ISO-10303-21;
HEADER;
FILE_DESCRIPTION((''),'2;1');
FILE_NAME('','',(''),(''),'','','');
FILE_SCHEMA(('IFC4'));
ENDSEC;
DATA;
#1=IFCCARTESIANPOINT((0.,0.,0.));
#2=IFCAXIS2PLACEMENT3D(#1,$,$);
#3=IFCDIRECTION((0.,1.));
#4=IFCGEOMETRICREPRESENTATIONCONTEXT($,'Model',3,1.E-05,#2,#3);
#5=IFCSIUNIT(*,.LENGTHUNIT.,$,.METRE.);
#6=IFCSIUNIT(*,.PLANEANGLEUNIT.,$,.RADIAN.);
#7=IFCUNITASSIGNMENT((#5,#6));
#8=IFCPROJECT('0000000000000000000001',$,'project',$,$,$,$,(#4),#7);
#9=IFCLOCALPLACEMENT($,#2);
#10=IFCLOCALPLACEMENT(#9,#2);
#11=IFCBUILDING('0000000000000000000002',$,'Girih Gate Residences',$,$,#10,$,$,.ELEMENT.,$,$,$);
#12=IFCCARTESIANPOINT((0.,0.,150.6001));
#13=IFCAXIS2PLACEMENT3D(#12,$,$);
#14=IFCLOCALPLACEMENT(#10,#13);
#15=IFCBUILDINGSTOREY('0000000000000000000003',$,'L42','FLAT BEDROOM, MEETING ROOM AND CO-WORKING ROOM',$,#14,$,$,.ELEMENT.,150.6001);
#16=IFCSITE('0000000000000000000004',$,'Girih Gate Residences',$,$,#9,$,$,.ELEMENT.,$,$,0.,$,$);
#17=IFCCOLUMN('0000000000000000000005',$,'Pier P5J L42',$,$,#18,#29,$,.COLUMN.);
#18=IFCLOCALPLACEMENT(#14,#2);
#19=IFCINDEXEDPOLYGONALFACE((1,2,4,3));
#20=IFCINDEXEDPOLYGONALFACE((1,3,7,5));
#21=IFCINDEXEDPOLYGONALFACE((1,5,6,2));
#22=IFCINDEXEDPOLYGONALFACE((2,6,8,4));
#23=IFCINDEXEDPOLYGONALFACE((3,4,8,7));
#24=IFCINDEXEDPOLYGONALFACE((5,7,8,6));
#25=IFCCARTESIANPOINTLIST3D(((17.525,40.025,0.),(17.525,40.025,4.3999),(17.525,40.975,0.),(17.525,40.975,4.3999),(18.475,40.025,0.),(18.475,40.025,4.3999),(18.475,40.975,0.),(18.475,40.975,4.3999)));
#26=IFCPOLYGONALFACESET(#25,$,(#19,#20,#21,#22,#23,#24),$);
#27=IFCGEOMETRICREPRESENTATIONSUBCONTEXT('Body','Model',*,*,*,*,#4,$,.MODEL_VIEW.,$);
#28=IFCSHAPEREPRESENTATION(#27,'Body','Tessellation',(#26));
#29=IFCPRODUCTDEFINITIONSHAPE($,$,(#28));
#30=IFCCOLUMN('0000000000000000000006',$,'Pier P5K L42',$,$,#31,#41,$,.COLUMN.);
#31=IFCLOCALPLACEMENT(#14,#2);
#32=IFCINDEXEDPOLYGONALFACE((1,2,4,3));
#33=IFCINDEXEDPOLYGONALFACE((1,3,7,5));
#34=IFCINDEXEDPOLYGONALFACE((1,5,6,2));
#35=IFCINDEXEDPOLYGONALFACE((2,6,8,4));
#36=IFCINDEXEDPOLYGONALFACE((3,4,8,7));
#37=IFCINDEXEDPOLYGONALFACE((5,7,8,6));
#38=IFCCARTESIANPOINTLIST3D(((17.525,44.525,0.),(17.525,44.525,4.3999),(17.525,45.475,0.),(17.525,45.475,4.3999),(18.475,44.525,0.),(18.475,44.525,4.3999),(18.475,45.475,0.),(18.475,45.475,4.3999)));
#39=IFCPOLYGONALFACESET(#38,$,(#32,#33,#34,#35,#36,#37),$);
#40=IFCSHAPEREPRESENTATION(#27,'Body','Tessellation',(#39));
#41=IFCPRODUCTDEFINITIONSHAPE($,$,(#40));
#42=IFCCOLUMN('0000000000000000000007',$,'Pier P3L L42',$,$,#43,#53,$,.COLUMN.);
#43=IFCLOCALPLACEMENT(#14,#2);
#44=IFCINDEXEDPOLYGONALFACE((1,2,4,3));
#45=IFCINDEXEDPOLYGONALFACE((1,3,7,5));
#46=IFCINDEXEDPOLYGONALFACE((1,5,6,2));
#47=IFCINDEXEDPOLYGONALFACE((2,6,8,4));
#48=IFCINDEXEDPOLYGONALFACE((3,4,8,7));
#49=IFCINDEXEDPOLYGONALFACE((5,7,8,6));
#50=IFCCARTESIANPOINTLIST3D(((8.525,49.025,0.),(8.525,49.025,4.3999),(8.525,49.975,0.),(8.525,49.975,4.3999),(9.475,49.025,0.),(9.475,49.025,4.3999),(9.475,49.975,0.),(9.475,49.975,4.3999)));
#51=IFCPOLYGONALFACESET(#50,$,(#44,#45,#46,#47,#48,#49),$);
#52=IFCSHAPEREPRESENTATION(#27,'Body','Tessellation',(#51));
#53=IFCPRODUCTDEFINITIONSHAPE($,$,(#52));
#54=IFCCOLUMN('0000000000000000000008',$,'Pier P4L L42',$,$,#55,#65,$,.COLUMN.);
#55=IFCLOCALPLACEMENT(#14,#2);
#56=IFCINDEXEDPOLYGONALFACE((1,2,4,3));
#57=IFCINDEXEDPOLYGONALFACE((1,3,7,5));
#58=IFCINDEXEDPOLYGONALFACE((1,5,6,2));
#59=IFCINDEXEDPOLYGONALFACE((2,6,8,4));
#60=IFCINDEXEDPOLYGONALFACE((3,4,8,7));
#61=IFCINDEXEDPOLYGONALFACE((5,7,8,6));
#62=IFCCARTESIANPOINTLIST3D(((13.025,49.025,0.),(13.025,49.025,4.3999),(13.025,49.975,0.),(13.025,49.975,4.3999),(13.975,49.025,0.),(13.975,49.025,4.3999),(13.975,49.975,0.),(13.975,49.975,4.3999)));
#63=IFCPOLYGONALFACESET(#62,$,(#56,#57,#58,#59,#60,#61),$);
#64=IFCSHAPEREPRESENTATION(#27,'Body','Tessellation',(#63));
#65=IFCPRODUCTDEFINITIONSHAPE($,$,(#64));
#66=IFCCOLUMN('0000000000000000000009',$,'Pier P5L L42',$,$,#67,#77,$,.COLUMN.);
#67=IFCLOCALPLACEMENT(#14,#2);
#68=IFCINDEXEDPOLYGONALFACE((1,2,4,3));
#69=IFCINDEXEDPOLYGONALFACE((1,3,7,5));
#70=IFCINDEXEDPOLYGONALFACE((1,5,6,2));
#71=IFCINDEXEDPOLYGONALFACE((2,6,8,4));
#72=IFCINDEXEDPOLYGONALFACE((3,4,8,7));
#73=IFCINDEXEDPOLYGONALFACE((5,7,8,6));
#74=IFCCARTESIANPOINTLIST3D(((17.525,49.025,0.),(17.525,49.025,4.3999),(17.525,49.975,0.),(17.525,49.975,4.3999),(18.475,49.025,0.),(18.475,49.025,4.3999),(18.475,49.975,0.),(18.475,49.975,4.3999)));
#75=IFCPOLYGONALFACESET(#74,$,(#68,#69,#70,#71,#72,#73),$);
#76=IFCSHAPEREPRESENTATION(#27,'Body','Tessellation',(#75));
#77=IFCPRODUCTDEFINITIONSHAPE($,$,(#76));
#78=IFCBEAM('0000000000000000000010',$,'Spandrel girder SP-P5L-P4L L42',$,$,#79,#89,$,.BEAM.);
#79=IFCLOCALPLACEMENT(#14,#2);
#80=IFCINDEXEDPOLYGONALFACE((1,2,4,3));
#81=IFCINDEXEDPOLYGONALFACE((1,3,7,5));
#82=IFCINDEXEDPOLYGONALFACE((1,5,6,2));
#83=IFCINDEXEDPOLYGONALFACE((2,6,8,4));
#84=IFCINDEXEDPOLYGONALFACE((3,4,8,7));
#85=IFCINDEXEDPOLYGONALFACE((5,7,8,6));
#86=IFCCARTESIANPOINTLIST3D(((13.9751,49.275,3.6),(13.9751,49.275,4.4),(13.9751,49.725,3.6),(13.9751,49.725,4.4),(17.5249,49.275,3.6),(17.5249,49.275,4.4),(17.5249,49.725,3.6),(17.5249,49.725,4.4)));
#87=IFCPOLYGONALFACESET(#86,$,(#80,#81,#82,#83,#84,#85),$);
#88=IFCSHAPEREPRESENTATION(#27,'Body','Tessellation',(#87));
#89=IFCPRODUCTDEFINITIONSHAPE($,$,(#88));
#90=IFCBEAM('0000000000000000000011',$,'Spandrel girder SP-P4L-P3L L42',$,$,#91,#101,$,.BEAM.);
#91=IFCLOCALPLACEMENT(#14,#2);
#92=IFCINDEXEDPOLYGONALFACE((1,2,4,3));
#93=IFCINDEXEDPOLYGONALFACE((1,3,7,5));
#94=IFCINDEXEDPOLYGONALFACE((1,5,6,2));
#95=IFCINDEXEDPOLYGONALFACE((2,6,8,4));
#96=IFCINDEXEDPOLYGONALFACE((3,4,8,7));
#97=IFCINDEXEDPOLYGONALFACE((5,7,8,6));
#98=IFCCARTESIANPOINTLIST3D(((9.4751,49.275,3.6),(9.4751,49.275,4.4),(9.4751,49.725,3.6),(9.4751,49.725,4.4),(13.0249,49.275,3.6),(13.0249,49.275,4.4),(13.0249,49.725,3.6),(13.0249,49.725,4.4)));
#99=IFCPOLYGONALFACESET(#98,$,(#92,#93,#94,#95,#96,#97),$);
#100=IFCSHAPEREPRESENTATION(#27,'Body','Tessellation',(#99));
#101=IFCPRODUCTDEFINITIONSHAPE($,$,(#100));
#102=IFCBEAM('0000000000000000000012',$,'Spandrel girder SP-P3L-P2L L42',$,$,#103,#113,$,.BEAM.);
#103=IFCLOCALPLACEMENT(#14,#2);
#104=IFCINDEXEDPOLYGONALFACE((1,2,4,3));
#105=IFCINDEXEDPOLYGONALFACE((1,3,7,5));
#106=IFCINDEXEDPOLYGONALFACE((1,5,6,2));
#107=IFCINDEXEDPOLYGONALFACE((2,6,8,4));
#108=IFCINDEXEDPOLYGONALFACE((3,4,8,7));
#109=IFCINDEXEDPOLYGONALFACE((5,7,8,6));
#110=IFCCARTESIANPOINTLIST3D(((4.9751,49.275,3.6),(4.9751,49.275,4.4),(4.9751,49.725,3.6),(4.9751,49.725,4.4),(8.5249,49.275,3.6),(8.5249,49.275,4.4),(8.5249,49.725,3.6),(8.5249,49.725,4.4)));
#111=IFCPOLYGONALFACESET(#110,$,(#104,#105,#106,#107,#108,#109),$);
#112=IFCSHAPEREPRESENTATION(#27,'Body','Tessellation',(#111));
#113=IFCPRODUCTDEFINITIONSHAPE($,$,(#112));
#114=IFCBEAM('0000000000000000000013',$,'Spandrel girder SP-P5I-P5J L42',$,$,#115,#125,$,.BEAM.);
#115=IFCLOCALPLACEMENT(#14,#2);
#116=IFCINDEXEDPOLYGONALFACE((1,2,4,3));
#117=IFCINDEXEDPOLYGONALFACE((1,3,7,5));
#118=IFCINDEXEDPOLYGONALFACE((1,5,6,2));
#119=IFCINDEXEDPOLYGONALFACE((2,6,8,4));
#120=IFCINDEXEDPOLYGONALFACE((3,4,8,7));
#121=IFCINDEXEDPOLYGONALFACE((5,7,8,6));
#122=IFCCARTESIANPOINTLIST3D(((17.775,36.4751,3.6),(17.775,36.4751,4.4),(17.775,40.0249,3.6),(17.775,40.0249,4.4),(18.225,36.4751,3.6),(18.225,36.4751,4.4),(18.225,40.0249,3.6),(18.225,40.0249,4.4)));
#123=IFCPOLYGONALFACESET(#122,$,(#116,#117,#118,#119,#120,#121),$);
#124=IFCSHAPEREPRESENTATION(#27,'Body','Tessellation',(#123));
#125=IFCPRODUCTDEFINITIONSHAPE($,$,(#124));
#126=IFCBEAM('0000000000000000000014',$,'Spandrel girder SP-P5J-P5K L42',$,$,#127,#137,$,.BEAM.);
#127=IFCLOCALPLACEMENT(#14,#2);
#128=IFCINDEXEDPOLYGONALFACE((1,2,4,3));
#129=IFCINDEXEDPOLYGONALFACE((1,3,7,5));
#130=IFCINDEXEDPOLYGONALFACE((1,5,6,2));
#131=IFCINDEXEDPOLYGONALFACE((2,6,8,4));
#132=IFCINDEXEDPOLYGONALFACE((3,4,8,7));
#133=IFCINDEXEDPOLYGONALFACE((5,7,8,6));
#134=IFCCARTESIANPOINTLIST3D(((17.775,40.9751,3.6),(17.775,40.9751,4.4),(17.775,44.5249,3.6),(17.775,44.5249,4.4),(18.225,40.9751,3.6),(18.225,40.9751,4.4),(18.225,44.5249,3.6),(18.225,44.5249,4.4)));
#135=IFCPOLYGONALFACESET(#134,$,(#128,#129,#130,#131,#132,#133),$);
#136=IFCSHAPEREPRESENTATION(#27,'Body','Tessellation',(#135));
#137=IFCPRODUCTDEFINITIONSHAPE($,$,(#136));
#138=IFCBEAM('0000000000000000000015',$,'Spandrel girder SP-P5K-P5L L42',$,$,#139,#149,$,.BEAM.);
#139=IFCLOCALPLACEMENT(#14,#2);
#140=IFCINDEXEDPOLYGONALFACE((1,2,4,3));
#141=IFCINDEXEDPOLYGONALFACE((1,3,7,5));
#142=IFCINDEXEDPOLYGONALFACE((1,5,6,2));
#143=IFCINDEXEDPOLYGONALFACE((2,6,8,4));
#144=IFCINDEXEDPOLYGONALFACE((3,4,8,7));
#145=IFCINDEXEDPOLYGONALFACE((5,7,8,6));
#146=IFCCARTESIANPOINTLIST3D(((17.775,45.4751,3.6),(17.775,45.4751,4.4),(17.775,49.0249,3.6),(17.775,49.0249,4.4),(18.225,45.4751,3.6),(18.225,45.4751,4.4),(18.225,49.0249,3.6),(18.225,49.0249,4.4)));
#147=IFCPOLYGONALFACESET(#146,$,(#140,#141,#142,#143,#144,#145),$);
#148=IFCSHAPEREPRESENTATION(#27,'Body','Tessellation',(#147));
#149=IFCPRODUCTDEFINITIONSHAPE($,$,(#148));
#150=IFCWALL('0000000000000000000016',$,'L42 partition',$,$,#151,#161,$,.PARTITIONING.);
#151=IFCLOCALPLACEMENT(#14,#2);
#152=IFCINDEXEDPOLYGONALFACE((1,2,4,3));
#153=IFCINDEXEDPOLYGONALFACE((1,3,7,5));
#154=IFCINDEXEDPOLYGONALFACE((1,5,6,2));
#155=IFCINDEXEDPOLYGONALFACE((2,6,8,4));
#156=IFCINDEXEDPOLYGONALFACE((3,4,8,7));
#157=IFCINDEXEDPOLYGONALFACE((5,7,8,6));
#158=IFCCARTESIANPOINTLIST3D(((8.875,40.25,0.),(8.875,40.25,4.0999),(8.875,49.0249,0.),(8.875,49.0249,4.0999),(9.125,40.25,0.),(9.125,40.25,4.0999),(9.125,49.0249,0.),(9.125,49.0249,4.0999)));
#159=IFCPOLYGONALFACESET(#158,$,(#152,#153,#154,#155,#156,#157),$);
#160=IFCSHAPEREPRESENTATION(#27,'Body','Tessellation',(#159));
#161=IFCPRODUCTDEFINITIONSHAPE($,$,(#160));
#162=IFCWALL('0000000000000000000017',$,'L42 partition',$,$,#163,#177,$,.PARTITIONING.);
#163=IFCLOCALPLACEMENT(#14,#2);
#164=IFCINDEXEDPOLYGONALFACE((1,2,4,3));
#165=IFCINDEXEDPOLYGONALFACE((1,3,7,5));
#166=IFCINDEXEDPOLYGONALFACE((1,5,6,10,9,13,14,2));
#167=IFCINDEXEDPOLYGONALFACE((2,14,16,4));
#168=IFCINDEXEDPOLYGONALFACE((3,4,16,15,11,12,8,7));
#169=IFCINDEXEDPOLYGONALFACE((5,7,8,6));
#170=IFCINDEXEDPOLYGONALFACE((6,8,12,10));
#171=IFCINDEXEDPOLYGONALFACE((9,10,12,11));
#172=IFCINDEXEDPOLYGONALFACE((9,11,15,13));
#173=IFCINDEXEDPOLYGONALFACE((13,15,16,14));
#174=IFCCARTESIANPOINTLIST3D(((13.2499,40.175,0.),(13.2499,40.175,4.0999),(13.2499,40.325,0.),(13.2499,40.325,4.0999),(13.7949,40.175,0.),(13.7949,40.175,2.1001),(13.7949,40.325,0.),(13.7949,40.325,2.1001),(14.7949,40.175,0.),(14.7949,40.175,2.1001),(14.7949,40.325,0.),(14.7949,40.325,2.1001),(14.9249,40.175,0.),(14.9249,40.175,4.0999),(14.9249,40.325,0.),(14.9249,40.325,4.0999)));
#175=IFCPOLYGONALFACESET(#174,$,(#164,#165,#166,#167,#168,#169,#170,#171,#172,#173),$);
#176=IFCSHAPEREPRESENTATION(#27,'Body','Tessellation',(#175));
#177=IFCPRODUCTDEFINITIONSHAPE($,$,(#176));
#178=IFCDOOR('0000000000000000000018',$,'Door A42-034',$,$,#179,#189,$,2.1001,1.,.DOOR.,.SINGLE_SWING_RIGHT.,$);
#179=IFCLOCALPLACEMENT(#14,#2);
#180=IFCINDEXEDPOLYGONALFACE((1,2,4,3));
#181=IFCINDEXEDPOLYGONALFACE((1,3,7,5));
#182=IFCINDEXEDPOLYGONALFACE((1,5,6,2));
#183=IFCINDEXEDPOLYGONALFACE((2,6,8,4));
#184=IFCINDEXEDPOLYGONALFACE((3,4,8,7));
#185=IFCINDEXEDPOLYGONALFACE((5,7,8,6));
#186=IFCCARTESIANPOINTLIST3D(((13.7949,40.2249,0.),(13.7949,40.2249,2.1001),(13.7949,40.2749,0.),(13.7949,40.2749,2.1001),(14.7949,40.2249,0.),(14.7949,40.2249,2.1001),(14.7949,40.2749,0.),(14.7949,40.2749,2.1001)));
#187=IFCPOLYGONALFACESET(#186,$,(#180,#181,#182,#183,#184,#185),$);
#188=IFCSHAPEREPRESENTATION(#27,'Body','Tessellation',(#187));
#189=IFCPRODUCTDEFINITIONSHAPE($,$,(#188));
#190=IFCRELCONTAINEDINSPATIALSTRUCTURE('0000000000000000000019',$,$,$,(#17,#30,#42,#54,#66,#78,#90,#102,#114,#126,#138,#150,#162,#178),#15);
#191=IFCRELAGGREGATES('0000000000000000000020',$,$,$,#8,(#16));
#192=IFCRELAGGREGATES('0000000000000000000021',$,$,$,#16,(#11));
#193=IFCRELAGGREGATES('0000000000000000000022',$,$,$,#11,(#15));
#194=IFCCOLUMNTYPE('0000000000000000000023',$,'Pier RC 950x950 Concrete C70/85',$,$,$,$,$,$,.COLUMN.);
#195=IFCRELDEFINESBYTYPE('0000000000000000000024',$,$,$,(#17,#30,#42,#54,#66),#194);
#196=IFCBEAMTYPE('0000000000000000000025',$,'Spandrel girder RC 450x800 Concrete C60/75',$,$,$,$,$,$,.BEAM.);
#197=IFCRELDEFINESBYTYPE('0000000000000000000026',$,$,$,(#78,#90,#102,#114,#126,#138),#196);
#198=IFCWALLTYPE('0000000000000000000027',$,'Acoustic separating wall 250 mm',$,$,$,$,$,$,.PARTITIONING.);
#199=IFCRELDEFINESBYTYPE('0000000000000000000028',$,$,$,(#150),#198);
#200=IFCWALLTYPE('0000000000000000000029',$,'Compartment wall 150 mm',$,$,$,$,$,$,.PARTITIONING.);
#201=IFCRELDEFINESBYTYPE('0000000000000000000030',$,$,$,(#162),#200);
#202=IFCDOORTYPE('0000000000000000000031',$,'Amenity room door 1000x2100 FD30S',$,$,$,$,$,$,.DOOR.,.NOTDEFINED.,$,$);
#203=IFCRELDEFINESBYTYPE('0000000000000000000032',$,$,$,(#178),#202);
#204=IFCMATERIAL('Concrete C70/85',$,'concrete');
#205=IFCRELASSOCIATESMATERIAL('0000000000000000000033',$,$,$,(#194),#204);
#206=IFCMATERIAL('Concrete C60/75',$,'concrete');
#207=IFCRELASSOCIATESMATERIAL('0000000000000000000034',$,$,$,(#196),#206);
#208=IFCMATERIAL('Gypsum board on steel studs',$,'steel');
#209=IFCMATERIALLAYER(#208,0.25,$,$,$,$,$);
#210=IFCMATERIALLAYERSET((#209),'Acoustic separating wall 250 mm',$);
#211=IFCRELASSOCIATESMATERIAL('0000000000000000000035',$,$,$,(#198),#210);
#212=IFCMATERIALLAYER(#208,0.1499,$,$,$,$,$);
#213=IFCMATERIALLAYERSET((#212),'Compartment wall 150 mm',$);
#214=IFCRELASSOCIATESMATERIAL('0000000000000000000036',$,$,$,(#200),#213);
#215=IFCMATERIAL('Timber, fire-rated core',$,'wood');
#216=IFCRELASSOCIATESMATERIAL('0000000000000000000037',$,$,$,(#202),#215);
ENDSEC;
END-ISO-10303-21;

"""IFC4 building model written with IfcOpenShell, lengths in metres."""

from ifc_helpers import new_model, si_unit, direction, frame, frame_2d, origin, origin_2d, place, context, subcontext, project, spatial, rectangle, extrude, material, layer, layer_set, material_profile, profile_set, type_object, element, fill, save


model = new_model("IFC4")

# Units and contexts
model_context = context("Model", 3, precision=1e-05, world=origin(), true_north=direction((0.0, 1.0)))
body_context = subcontext(model_context, "Body", "Model", "MODEL_VIEW")
ifc_project = project(units=[si_unit("LENGTHUNIT", "METRE"), si_unit("PLANEANGLEUNIT", "RADIAN")], contexts=[model_context])

# Site, building, storey
site_placement = place(None, origin())
site = spatial("IfcSite", under=ifc_project, at=site_placement, Name="Girih Gate Residences", CompositionType="ELEMENT", RefElevation=0.0)
building_placement = place(site_placement, origin())
building = spatial("IfcBuilding", under=site, at=building_placement, Name="Girih Gate Residences", CompositionType="ELEMENT")
storey_placement = place(building_placement, frame((0.0, 0.0, 150.6001)))
storey = spatial("IfcBuildingStorey", under=building, at=storey_placement, Name="L42", Description="FLAT BEDROOM, MEETING ROOM AND CO-WORKING ROOM", CompositionType="ELEMENT", Elevation=150.6001)

# Columns
ifc_material_1 = material(Name="Concrete C70/85", Category="concrete")
ifc_material_profile_1 = material_profile(ifc_material_1, rectangle(XDim=0.95, YDim=0.95, at=origin_2d()))
ifc_profile_set_1 = profile_set([ifc_material_profile_1], Name="Concrete C70/85")
column_type = type_object("IfcColumnType", Name="Pier RC 950x950 Concrete C70/85", PredefinedType="COLUMN", material=ifc_profile_set_1)
for number, where, z_axis, x_axis, name in (
    (1, (18.0, 40.5, 0.0), (0.0, 0.0, 1.0), (1.0, 0.0, 0.0), "Pier P5J L42"),
    (2, (18.0, 45.0, 0.0), (0.0, 0.0, 1.0), (1.0, 0.0, 0.0), "Pier P5K L42"),
    (3, (9.0, 49.5, 0.0), (0.0, 0.0, 1.0), (1.0, 0.0, 0.0), "Pier P3L L42"),
    (4, (13.5, 49.5, 0.0), (0.0, 0.0, 1.0), (1.0, 0.0, 0.0), "Pier P4L L42"),
    (5, (18.0, 49.5, 0.0), (0.0, 0.0, 1.0), (1.0, 0.0, 0.0), "Pier P5L L42"),
):
    element("IfcColumn", number, at=place(storey_placement, frame(where, z_axis=z_axis, x_axis=x_axis)), inside=storey, type_object=column_type, Name=name, PredefinedType="COLUMN", context=body_context, shape_type="SweptSolid", body=[
        extrude(rectangle(XDim=0.95, YDim=0.95, at=origin_2d()), origin(), (0.0, 0.0, 1.0), 4.3999),
    ])

# Beams
ifc_material_2 = material(Name="Concrete C60/75", Category="concrete")
ifc_material_profile_2 = material_profile(ifc_material_2, rectangle(XDim=0.45, YDim=0.8, at=origin_2d()))
ifc_profile_set_2 = profile_set([ifc_material_profile_2], Name="Concrete C60/75")
beam_type = type_object("IfcBeamType", Name="Spandrel girder RC 450x800 Concrete C60/75", PredefinedType="BEAM", material=ifc_profile_set_2)
for number, where, z_axis, x_axis, name in (
    (6, (17.5249, 49.5, 4.0), (-1.0, 0.0, 0.0), (0.0, -1.0, 0.0), "Spandrel girder SP-P5L-P4L L42"),
    (7, (13.0249, 49.5, 4.0), (-1.0, 0.0, 0.0), (0.0, -1.0, 0.0), "Spandrel girder SP-P4L-P3L L42"),
    (8, (8.5249, 49.5, 4.0), (-1.0, 0.0, 0.0), (0.0, -1.0, 0.0), "Spandrel girder SP-P3L-P2L L42"),
    (9, (18.0, 36.4751, 4.0), (0.0, 1.0, 0.0), (-1.0, 0.0, 0.0), "Spandrel girder SP-P5I-P5J L42"),
    (10, (18.0, 40.9751, 4.0), (0.0, 1.0, 0.0), (-1.0, 0.0, 0.0), "Spandrel girder SP-P5J-P5K L42"),
    (11, (18.0, 45.4751, 4.0), (0.0, 1.0, 0.0), (-1.0, 0.0, 0.0), "Spandrel girder SP-P5K-P5L L42"),
):
    element("IfcBeam", number, at=place(storey_placement, frame(where, z_axis=z_axis, x_axis=x_axis)), inside=storey, type_object=beam_type, Name=name, PredefinedType="BEAM", context=body_context, shape_type="SweptSolid", body=[
        extrude(rectangle(XDim=0.45, YDim=0.8, at=origin_2d()), origin(), (0.0, 0.0, 1.0), 3.5498),
    ])

# Wall
ifc_material_3 = material(Name="Gypsum board on steel studs", Category="steel")
ifc_layer_1 = layer(ifc_material_3, 0.25)
ifc_layer_set_1 = layer_set([ifc_layer_1], Name="Acoustic separating wall 250 mm")
wall_type_1 = type_object("IfcWallType", Name="Acoustic separating wall 250 mm", PredefinedType="PARTITIONING", material=ifc_layer_set_1)
wall_1_placement = place(storey_placement, frame((9.0, 40.25, 0.0), z_axis=(0.0, 0.0, 1.0), x_axis=(0.0, 1.0, 0.0)))
element("IfcWall", 12, at=wall_1_placement, inside=storey, type_object=wall_type_1, Name="L42 partition", PredefinedType="PARTITIONING", context=body_context, shape_type="SweptSolid", body=[
    extrude(rectangle(XDim=8.7749, YDim=0.25, at=frame_2d((4.3875, 0.0))), origin(), (0.0, 0.0, 1.0), 4.0999),
])

# Wall, opening, door
ifc_layer_2 = layer(ifc_material_3, 0.1499)
ifc_layer_set_2 = layer_set([ifc_layer_2], Name="Compartment wall 150 mm")
wall_type_2 = type_object("IfcWallType", Name="Compartment wall 150 mm", PredefinedType="PARTITIONING", material=ifc_layer_set_2)
wall_2_placement = place(storey_placement, frame((13.25, 40.25, 0.0), z_axis=(0.0, 0.0, 1.0), x_axis=(1.0, 0.0, 0.0)))
wall_2 = element("IfcWall", 13, at=wall_2_placement, inside=storey, type_object=wall_type_2, Name="L42 partition", PredefinedType="PARTITIONING", context=body_context, shape_type="SweptSolid", body=[
    extrude(rectangle(XDim=1.675, YDim=0.1499, at=frame_2d((0.8374, 0.0))), origin(), (0.0, 0.0, 1.0), 4.0999),
])
opening_1_placement = place(wall_2_placement, frame((0.5449, 0.0, 0.0)))
opening_1 = element("IfcOpeningElement", 14, at=opening_1_placement, cuts=wall_2, PredefinedType="OPENING", context=body_context, shape_type="SweptSolid", body=[
    extrude(rectangle(XDim=1.0, YDim=2.1001, at=frame_2d((0.5, 1.05))), frame((0.0, 0.085, 0.0), z_axis=(0.0, -1.0, 0.0), x_axis=(1.0, 0.0, 0.0)), (0.0, 0.0, 1.0), 0.1699),
])
ifc_material_4 = material(Name="Timber, fire-rated core", Category="wood")
door_type_1 = type_object("IfcDoorType", Name="Amenity room door 1000x2100 FD30S", OperationType="NOTDEFINED", PredefinedType="DOOR", material=ifc_material_4)
door_1_placement = place(opening_1_placement, origin())
door_1 = element("IfcDoor", 15, at=door_1_placement, inside=storey, type_object=door_type_1, Name="Door A42-034", OperationType="SINGLE_SWING_RIGHT", OverallHeight=2.1001, OverallWidth=1.0, PredefinedType="DOOR", context=body_context, shape_type="SweptSolid", body=[
    extrude(rectangle(XDim=1.0, YDim=2.1001, at=frame_2d((0.5, 1.05))), frame((0.0, 0.0249, 0.0), z_axis=(0.0, -1.0, 0.0), x_axis=(1.0, 0.0, 0.0)), (0.0, 0.0, 1.0), 0.05),
])
fill(opening_1, door_1)

save(model, "model.ifc")
